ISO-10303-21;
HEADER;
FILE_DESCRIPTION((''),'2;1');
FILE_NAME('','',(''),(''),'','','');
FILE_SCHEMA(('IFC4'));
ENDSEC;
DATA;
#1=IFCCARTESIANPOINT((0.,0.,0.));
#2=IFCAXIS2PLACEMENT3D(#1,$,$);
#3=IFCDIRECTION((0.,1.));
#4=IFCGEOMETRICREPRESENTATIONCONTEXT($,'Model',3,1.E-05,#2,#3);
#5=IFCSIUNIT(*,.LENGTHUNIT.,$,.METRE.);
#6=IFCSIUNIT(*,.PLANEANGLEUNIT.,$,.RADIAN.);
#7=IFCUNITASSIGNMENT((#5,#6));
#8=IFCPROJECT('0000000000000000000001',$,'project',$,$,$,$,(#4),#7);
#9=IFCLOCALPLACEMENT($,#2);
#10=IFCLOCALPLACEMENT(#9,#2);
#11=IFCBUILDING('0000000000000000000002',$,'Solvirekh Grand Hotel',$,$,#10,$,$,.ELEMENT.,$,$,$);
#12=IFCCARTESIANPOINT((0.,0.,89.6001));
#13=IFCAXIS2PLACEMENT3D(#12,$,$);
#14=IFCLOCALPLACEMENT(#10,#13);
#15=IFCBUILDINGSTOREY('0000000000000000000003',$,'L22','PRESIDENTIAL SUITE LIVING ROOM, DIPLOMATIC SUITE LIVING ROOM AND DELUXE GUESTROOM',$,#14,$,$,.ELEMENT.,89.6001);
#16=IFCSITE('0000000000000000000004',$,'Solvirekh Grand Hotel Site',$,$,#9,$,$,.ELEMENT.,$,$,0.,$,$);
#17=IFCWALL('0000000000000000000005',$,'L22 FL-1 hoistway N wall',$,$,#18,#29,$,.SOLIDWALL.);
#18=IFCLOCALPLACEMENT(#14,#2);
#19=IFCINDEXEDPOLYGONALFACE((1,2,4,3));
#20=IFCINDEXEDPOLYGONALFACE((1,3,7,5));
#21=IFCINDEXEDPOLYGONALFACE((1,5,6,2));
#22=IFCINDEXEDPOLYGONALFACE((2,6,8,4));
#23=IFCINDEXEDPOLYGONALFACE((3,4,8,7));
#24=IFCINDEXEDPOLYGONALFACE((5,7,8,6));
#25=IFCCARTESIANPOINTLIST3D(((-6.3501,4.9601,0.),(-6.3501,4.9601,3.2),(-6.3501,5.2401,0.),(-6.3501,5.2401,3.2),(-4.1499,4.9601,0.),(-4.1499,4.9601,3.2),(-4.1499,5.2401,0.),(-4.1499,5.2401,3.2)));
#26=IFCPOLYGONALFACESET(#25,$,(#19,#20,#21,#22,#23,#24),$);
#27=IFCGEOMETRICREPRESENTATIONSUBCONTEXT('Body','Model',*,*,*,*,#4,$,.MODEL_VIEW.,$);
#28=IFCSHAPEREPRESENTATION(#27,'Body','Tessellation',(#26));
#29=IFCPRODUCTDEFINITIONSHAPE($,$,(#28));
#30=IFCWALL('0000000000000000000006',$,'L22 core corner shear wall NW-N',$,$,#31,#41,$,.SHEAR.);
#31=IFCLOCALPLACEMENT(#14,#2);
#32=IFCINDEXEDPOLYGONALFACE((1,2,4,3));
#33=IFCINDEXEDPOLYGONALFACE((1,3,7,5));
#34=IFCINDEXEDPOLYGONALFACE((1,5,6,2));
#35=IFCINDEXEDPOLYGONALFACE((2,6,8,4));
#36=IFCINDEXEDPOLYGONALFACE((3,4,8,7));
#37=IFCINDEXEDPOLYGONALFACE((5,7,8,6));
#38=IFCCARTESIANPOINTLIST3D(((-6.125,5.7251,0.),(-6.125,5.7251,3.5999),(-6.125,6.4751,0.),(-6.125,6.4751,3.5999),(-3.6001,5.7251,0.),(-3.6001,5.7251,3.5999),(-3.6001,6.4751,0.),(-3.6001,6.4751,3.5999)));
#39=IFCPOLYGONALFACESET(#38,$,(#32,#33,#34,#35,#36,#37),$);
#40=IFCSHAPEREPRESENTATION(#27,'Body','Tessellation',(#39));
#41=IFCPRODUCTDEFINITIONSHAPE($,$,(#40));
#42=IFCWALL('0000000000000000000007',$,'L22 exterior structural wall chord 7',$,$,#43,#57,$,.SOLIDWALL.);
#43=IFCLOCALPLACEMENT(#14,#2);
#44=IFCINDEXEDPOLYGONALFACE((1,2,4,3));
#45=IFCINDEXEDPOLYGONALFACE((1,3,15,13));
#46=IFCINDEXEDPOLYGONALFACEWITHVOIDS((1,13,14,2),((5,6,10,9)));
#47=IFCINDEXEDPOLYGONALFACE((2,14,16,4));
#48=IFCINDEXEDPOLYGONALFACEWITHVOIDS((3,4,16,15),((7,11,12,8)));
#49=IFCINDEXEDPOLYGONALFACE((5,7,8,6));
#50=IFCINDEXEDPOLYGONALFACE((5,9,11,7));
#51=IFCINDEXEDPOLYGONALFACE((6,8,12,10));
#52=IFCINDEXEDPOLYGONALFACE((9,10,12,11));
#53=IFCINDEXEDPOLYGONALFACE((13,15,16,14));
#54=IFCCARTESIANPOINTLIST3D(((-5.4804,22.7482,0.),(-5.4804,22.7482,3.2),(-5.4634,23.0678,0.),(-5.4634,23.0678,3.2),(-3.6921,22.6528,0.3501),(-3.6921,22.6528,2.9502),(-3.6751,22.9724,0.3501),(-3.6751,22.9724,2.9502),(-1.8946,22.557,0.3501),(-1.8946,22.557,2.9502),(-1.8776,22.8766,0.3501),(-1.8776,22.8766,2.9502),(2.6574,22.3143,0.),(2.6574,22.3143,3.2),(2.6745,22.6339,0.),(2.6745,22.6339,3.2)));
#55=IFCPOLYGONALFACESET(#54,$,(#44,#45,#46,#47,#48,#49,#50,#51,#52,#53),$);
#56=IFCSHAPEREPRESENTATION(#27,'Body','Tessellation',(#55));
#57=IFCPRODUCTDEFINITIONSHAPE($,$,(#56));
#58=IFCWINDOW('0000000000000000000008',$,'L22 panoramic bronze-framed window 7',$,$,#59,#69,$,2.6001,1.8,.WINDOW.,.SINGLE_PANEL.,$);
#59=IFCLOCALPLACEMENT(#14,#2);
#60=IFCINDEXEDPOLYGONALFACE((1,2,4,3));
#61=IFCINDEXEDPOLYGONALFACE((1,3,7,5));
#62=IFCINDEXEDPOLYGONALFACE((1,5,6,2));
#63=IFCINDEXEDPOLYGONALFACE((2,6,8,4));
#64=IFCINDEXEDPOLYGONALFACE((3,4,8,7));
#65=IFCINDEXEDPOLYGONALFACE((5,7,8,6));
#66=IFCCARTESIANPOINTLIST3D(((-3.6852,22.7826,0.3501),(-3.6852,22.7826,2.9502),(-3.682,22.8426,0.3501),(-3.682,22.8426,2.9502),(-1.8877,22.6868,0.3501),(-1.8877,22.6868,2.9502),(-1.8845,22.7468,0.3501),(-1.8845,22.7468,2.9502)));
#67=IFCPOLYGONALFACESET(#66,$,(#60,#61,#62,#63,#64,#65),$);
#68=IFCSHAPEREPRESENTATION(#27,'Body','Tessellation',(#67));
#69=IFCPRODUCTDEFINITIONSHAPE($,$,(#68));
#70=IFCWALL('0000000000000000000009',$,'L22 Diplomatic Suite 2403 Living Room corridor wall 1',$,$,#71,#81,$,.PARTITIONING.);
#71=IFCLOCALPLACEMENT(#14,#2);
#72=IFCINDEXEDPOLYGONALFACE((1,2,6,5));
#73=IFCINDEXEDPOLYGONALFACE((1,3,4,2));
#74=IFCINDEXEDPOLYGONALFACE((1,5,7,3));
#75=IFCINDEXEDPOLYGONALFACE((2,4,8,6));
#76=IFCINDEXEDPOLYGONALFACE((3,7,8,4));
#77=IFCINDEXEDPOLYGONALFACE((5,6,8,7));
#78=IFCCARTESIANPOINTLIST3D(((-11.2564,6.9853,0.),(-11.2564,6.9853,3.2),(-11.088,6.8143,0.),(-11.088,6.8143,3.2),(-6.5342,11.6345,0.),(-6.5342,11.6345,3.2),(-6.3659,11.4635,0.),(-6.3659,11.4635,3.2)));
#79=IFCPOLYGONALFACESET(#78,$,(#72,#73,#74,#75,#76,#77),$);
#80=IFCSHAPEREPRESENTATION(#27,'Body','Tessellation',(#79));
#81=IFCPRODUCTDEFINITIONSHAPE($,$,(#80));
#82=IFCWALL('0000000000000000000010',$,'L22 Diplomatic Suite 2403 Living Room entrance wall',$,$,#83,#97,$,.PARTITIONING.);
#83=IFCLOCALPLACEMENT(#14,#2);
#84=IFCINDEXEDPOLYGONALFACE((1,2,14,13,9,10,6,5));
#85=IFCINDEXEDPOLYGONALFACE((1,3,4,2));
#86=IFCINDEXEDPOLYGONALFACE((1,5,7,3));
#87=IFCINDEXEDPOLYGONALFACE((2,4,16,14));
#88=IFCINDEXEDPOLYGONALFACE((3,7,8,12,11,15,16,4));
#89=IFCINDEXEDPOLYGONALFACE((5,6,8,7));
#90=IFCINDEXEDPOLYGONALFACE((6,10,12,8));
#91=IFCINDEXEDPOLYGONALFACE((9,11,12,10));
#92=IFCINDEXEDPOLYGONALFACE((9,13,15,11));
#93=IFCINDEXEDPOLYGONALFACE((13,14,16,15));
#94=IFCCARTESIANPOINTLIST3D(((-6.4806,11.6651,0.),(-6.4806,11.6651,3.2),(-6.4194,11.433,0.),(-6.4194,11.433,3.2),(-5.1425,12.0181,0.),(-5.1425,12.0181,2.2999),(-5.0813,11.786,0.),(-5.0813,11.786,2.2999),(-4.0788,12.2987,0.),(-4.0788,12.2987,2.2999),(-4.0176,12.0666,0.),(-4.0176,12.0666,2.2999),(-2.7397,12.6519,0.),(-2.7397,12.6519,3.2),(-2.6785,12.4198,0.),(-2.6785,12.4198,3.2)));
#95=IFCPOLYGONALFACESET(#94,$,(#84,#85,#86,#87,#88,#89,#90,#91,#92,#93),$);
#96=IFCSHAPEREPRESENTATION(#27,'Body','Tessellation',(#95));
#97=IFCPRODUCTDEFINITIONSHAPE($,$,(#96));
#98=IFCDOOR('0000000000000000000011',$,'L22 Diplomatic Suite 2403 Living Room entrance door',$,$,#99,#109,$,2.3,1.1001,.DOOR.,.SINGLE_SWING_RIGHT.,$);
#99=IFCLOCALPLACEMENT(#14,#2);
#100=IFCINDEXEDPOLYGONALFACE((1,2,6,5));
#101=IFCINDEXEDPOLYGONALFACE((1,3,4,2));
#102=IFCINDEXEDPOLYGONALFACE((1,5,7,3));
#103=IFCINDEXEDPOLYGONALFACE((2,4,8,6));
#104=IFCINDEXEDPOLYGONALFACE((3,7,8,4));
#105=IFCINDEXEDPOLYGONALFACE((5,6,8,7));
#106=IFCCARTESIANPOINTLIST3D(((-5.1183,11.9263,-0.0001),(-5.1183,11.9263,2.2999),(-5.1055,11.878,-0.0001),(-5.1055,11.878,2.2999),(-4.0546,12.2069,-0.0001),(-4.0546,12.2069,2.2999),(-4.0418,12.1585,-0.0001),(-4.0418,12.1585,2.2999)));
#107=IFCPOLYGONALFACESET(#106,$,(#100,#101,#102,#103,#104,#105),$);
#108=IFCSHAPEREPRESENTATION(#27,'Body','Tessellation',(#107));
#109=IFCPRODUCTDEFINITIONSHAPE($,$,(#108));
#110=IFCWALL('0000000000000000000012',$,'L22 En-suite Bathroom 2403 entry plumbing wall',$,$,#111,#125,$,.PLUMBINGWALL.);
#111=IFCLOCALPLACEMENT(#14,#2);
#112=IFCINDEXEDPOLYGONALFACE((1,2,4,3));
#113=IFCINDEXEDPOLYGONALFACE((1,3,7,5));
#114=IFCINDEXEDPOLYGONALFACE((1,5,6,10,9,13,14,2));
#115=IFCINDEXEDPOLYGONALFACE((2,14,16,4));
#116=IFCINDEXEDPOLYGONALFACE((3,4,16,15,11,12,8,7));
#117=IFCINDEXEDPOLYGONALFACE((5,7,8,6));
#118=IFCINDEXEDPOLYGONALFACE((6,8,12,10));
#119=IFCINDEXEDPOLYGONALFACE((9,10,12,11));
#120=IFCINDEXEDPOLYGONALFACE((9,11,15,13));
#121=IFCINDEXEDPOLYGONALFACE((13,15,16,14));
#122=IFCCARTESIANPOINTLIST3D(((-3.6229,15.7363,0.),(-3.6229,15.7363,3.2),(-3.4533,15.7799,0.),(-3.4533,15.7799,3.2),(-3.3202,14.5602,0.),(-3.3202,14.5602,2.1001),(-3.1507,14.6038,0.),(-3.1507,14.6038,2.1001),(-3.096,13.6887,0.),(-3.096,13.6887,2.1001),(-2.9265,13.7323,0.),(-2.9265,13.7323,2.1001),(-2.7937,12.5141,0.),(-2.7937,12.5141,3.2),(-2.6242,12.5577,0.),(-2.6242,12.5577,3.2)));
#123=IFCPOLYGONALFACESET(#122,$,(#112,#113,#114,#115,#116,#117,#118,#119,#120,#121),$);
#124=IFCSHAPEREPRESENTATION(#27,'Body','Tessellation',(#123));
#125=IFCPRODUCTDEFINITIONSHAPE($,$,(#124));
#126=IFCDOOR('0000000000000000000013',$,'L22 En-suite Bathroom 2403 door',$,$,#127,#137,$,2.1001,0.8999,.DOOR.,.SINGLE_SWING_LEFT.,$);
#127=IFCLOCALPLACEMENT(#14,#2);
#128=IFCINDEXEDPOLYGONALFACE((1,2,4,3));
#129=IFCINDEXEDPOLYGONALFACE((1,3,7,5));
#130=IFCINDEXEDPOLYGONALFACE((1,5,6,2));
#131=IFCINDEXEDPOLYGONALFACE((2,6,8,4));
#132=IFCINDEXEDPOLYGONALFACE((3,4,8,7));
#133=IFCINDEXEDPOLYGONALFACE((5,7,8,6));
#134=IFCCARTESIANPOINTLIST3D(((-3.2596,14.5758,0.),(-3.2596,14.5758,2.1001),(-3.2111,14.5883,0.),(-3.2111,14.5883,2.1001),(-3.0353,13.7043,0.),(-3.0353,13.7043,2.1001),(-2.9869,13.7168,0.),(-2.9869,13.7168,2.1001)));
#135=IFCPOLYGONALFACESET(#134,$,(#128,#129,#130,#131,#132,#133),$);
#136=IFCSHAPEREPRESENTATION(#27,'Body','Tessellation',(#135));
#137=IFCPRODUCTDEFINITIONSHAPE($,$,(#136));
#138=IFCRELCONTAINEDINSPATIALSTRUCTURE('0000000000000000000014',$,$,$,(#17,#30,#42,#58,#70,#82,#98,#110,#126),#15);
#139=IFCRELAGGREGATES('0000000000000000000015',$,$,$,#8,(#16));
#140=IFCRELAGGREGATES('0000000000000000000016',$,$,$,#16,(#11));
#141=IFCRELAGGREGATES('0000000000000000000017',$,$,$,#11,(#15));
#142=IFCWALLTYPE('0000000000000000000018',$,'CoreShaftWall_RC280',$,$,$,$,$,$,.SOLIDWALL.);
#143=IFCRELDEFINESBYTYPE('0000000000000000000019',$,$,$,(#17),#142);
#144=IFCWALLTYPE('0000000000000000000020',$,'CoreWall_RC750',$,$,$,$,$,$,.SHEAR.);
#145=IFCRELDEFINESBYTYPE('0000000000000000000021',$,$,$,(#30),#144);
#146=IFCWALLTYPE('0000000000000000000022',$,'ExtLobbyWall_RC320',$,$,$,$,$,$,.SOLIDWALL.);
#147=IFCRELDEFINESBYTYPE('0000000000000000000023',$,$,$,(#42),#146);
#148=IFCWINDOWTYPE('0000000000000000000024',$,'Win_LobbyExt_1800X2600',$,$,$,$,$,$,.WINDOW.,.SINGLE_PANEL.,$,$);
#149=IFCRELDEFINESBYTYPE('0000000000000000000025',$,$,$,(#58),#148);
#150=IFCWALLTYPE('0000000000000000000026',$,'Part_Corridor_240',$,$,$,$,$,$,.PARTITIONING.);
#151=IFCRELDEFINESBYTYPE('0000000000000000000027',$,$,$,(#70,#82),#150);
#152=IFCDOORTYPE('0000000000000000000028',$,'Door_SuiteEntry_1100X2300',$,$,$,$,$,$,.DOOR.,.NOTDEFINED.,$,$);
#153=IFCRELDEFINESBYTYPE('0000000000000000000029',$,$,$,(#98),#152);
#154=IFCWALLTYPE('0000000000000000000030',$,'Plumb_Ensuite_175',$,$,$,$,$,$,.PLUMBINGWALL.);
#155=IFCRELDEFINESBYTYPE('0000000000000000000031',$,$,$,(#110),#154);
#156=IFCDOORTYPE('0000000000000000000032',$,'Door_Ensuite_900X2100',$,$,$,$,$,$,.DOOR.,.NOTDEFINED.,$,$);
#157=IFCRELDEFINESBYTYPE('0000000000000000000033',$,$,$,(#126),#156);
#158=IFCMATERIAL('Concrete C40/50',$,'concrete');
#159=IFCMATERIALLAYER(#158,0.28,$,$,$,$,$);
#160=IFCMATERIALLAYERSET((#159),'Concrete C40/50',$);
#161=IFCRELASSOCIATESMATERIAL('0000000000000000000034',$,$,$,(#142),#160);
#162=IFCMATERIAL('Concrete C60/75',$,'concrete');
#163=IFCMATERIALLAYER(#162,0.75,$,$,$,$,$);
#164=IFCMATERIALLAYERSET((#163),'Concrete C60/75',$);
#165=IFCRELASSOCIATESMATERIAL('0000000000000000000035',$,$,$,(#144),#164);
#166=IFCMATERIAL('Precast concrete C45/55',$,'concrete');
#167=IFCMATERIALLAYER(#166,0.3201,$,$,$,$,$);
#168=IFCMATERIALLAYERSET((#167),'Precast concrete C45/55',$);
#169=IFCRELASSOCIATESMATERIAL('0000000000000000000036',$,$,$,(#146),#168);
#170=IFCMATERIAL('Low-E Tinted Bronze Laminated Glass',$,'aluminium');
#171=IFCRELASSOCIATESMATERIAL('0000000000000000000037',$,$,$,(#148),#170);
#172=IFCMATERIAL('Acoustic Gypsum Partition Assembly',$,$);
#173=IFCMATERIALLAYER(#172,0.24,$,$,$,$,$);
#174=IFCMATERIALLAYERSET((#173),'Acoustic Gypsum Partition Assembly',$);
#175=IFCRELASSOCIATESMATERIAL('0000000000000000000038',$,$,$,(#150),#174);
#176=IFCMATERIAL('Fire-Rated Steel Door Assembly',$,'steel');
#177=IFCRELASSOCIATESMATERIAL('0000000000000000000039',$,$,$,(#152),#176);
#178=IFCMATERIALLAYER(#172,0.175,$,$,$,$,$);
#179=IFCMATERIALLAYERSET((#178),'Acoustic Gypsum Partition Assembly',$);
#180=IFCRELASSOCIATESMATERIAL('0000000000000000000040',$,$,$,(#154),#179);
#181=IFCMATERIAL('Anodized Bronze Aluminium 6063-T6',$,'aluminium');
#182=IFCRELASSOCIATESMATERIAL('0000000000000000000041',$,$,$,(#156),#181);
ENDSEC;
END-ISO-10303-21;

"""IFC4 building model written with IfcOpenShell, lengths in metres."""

from ifc_helpers import new_model, si_unit, direction, frame, frame_2d, origin, place, context, subcontext, project, spatial, rectangle, extrude, material, layer, layer_set, type_object, element, fill, save


model = new_model("IFC4")

# Units and contexts
model_context = context("Model", 3, precision=1e-05, world=origin(), true_north=direction((0.0, 1.0)))
body_context = subcontext(model_context, "Body", "Model", "MODEL_VIEW")
ifc_project = project(units=[si_unit("LENGTHUNIT", "METRE"), si_unit("PLANEANGLEUNIT", "RADIAN")], contexts=[model_context])

# Site, building, storey
site_placement = place(None, origin())
site = spatial("IfcSite", under=ifc_project, at=site_placement, Name="Solvirekh Grand Hotel Site", CompositionType="ELEMENT", RefElevation=0.0)
building_placement = place(site_placement, origin())
building = spatial("IfcBuilding", under=site, at=building_placement, Name="Solvirekh Grand Hotel", CompositionType="ELEMENT")
storey_placement = place(building_placement, frame((0.0, 0.0, 89.6001)))
storey = spatial("IfcBuildingStorey", under=building, at=storey_placement, Name="L22", Description="PRESIDENTIAL SUITE LIVING ROOM, DIPLOMATIC SUITE LIVING ROOM AND DELUXE GUESTROOM", CompositionType="ELEMENT", Elevation=89.6001)

# Shared definitions
ifc_material_1 = material(Name="Concrete C60/75", Category="concrete")

# Shared definitions
ifc_material_2 = material(Name="Anodized Bronze Aluminium 6063-T6", Category="aluminium")

# Walls
ifc_material_3 = material(Name="Concrete C40/50", Category="concrete")
ifc_layer_1 = layer(ifc_material_3, 0.28)
ifc_layer_set_1 = layer_set([ifc_layer_1], Name="Concrete C40/50")
wall_type_1 = type_object("IfcWallType", Name="CoreShaftWall_RC280", PredefinedType="SOLIDWALL", material=ifc_layer_set_1)
wall_1_placement = place(storey_placement, frame((-4.1499, 5.1001, 0.0), z_axis=(0.0, 0.0, 1.0), x_axis=(-1.0, 0.0, 0.0)))
element("IfcWall", 1, at=wall_1_placement, inside=storey, type_object=wall_type_1, Name="L22 FL-1 hoistway N wall", PredefinedType="SOLIDWALL", context=body_context, shape_type="SweptSolid", body=[
    extrude(rectangle(XDim=2.2002, YDim=0.28, at=frame_2d((1.1001, 0.0))), origin(), (0.0, 0.0, 1.0), 3.2),
])
ifc_layer_2 = layer(ifc_material_1, 0.75)
ifc_layer_set_2 = layer_set([ifc_layer_2], Name="Concrete C60/75")
wall_type_2 = type_object("IfcWallType", Name="CoreWall_RC750", PredefinedType="SHEAR", material=ifc_layer_set_2)
wall_2_placement = place(storey_placement, frame((-6.125, 6.1001, 0.0), z_axis=(0.0, 0.0, 1.0), x_axis=(1.0, 0.0, 0.0)))
element("IfcWall", 2, at=wall_2_placement, inside=storey, type_object=wall_type_2, Name="L22 core corner shear wall NW-N", PredefinedType="SHEAR", context=body_context, shape_type="SweptSolid", body=[
    extrude(rectangle(XDim=2.5249, YDim=0.75, at=frame_2d((1.2625, 0.0))), origin(), (0.0, 0.0, 1.0), 3.5999),
])

# Wall, opening, window
ifc_material_4 = material(Name="Precast concrete C45/55", Category="concrete")
ifc_layer_3 = layer(ifc_material_4, 0.3201)
ifc_layer_set_3 = layer_set([ifc_layer_3], Name="Precast concrete C45/55")
wall_type_3 = type_object("IfcWallType", Name="ExtLobbyWall_RC320", PredefinedType="SOLIDWALL", material=ifc_layer_set_3)
wall_3_placement = place(storey_placement, frame((-5.4719, 22.908, 0.0), z_axis=(0.0, 0.0, 1.0), x_axis=(0.998582, -0.053235, 0.0)))
wall_3 = element("IfcWall", 3, at=wall_3_placement, inside=storey, type_object=wall_type_3, Name="L22 exterior structural wall chord 7", PredefinedType="SOLIDWALL", context=body_context, shape_type="SweptSolid", body=[
    extrude(rectangle(XDim=8.1494, YDim=0.3201, at=frame_2d((4.0747, 0.0))), origin(), (0.0, 0.0, 1.0), 3.2),
])
opening_1_placement = place(wall_3_placement, frame((1.791, 0.0, 0.3501)))
opening_1 = element("IfcOpeningElement", 4, at=opening_1_placement, cuts=wall_3, PredefinedType="OPENING", context=body_context, shape_type="SweptSolid", body=[
    extrude(rectangle(XDim=1.8, YDim=2.6001, at=frame_2d((0.8999, 1.3))), frame((0.0, 0.1699, 0.0), z_axis=(0.0, -1.0, 0.0), x_axis=(1.0, 0.0, 0.0)), (0.0, 0.0, 1.0), 0.3401),
])
ifc_material_5 = material(Name="Low-E Tinted Bronze Laminated Glass", Category="aluminium")
window_type = type_object("IfcWindowType", Name="Win_LobbyExt_1800X2600", PartitioningType="SINGLE_PANEL", PredefinedType="WINDOW", material=ifc_material_5)
window_placement = place(opening_1_placement, origin())
window = element("IfcWindow", 5, at=window_placement, inside=storey, type_object=window_type, Name="L22 panoramic bronze-framed window 7", OverallHeight=2.6001, OverallWidth=1.8, PartitioningType="SINGLE_PANEL", PredefinedType="WINDOW", context=body_context, shape_type="SweptSolid", body=[
    extrude(rectangle(XDim=1.8, YDim=2.6001, at=frame_2d((0.8999, 1.3))), frame((0.0, 0.03, 0.0), z_axis=(0.0, -1.0, 0.0), x_axis=(1.0, 0.0, 0.0)), (0.0, 0.0, 1.0), 0.0601),
])
fill(opening_1, window)

# Wall
ifc_material_6 = material(Name="Acoustic Gypsum Partition Assembly")
ifc_layer_4 = layer(ifc_material_6, 0.24)
ifc_layer_set_4 = layer_set([ifc_layer_4], Name="Acoustic Gypsum Partition Assembly")
wall_type_4 = type_object("IfcWallType", Name="Part_Corridor_240", PredefinedType="PARTITIONING", material=ifc_layer_set_4)
wall_4_placement = place(storey_placement, frame((-6.45, 11.5491, 0.0), z_axis=(0.0, 0.0, 1.0), x_axis=(-0.712593, -0.701577, 0.0)))
element("IfcWall", 6, at=wall_4_placement, inside=storey, type_object=wall_type_4, Name="L22 Diplomatic Suite 2403 Living Room corridor wall 1", PredefinedType="PARTITIONING", context=body_context, shape_type="SweptSolid", body=[
    extrude(rectangle(XDim=6.6267, YDim=0.24, at=frame_2d((3.3135, 0.0))), origin(), (0.0, 0.0, 1.0), 3.2),
])

# Walls, openings, doors
wall_5_placement = place(storey_placement, frame((-2.709, 12.5359, 0.0), z_axis=(0.0, 0.0, 1.0), x_axis=(-0.966925, -0.255062, 0.0)))
wall_5 = element("IfcWall", 7, at=wall_5_placement, inside=storey, type_object=wall_type_4, Name="L22 Diplomatic Suite 2403 Living Room entrance wall", PredefinedType="PARTITIONING", context=body_context, shape_type="SweptSolid", body=[
    extrude(rectangle(XDim=3.8689, YDim=0.24, at=frame_2d((1.9346, 0.0))), origin(), (0.0, 0.0, 1.0), 3.2),
])
opening_2_placement = place(wall_5_placement, frame((1.385, 0.0, 0.0)))
opening_2 = element("IfcOpeningElement", 8, at=opening_2_placement, cuts=wall_5, PredefinedType="OPENING", context=body_context, shape_type="SweptSolid", body=[
    extrude(rectangle(XDim=1.1001, YDim=2.3, at=frame_2d((0.55, 1.1499))), frame((0.0, 0.1299, 0.0), z_axis=(0.0, -1.0, 0.0), x_axis=(1.0, 0.0, 0.0)), (0.0, 0.0, 1.0), 0.26),
])
ifc_material_7 = material(Name="Fire-Rated Steel Door Assembly", Category="steel")
door_type_1 = type_object("IfcDoorType", Name="Door_SuiteEntry_1100X2300", OperationType="NOTDEFINED", PredefinedType="DOOR", material=ifc_material_7)
door_1_placement = place(opening_2_placement, origin())
door_1 = element("IfcDoor", 9, at=door_1_placement, inside=storey, type_object=door_type_1, Name="L22 Diplomatic Suite 2403 Living Room entrance door", OperationType="SINGLE_SWING_RIGHT", OverallHeight=2.3, OverallWidth=1.1001, PredefinedType="DOOR", context=body_context, shape_type="SweptSolid", body=[
    extrude(rectangle(XDim=1.1001, YDim=2.3, at=frame_2d((0.55, 1.1499))), frame((0.0, 0.0249, 0.0), z_axis=(0.0, -1.0, 0.0), x_axis=(1.0, 0.0, 0.0)), (0.0, 0.0, 1.0), 0.05),
])
fill(opening_2, door_1)
ifc_layer_5 = layer(ifc_material_6, 0.175)
ifc_layer_set_5 = layer_set([ifc_layer_5], Name="Acoustic Gypsum Partition Assembly")
wall_type_5 = type_object("IfcWallType", Name="Plumb_Ensuite_175", PredefinedType="PLUMBINGWALL", material=ifc_layer_set_5)
wall_6_placement = place(storey_placement, frame((-2.709, 12.5359, 0.0), z_axis=(0.0, 0.0, 1.0), x_axis=(-0.249194, 0.968453, 0.0)))
wall_6 = element("IfcWall", 10, at=wall_6_placement, inside=storey, type_object=wall_type_5, Name="L22 En-suite Bathroom 2403 entry plumbing wall", PredefinedType="PLUMBINGWALL", context=body_context, shape_type="SweptSolid", body=[
    extrude(rectangle(XDim=3.3271, YDim=0.175, at=frame_2d((1.6636, 0.0))), origin(), (0.0, 0.0, 1.0), 3.2),
])
opening_3_placement = place(wall_6_placement, frame((1.2129, 0.0, 0.0)))
opening_3 = element("IfcOpeningElement", 11, at=opening_3_placement, cuts=wall_6, PredefinedType="OPENING", context=body_context, shape_type="SweptSolid", body=[
    extrude(rectangle(XDim=0.8999, YDim=2.1001, at=frame_2d((0.45, 1.05))), frame((0.0, 0.0977, 0.0), z_axis=(0.0, -1.0, 0.0), x_axis=(1.0, 0.0, 0.0)), (0.0, 0.0, 1.0), 0.1951),
])
door_type_2 = type_object("IfcDoorType", Name="Door_Ensuite_900X2100", OperationType="NOTDEFINED", PredefinedType="DOOR", material=ifc_material_2)
door_2_placement = place(opening_3_placement, origin())
door_2 = element("IfcDoor", 12, at=door_2_placement, inside=storey, type_object=door_type_2, Name="L22 En-suite Bathroom 2403 door", OperationType="SINGLE_SWING_LEFT", OverallHeight=2.1001, OverallWidth=0.8999, PredefinedType="DOOR", context=body_context, shape_type="SweptSolid", body=[
    extrude(rectangle(XDim=0.8999, YDim=2.1001, at=frame_2d((0.45, 1.05))), frame((0.0, 0.0249, 0.0), z_axis=(0.0, -1.0, 0.0), x_axis=(1.0, 0.0, 0.0)), (0.0, 0.0, 1.0), 0.05),
])
fill(opening_3, door_2)

save(model, "model.ifc")
